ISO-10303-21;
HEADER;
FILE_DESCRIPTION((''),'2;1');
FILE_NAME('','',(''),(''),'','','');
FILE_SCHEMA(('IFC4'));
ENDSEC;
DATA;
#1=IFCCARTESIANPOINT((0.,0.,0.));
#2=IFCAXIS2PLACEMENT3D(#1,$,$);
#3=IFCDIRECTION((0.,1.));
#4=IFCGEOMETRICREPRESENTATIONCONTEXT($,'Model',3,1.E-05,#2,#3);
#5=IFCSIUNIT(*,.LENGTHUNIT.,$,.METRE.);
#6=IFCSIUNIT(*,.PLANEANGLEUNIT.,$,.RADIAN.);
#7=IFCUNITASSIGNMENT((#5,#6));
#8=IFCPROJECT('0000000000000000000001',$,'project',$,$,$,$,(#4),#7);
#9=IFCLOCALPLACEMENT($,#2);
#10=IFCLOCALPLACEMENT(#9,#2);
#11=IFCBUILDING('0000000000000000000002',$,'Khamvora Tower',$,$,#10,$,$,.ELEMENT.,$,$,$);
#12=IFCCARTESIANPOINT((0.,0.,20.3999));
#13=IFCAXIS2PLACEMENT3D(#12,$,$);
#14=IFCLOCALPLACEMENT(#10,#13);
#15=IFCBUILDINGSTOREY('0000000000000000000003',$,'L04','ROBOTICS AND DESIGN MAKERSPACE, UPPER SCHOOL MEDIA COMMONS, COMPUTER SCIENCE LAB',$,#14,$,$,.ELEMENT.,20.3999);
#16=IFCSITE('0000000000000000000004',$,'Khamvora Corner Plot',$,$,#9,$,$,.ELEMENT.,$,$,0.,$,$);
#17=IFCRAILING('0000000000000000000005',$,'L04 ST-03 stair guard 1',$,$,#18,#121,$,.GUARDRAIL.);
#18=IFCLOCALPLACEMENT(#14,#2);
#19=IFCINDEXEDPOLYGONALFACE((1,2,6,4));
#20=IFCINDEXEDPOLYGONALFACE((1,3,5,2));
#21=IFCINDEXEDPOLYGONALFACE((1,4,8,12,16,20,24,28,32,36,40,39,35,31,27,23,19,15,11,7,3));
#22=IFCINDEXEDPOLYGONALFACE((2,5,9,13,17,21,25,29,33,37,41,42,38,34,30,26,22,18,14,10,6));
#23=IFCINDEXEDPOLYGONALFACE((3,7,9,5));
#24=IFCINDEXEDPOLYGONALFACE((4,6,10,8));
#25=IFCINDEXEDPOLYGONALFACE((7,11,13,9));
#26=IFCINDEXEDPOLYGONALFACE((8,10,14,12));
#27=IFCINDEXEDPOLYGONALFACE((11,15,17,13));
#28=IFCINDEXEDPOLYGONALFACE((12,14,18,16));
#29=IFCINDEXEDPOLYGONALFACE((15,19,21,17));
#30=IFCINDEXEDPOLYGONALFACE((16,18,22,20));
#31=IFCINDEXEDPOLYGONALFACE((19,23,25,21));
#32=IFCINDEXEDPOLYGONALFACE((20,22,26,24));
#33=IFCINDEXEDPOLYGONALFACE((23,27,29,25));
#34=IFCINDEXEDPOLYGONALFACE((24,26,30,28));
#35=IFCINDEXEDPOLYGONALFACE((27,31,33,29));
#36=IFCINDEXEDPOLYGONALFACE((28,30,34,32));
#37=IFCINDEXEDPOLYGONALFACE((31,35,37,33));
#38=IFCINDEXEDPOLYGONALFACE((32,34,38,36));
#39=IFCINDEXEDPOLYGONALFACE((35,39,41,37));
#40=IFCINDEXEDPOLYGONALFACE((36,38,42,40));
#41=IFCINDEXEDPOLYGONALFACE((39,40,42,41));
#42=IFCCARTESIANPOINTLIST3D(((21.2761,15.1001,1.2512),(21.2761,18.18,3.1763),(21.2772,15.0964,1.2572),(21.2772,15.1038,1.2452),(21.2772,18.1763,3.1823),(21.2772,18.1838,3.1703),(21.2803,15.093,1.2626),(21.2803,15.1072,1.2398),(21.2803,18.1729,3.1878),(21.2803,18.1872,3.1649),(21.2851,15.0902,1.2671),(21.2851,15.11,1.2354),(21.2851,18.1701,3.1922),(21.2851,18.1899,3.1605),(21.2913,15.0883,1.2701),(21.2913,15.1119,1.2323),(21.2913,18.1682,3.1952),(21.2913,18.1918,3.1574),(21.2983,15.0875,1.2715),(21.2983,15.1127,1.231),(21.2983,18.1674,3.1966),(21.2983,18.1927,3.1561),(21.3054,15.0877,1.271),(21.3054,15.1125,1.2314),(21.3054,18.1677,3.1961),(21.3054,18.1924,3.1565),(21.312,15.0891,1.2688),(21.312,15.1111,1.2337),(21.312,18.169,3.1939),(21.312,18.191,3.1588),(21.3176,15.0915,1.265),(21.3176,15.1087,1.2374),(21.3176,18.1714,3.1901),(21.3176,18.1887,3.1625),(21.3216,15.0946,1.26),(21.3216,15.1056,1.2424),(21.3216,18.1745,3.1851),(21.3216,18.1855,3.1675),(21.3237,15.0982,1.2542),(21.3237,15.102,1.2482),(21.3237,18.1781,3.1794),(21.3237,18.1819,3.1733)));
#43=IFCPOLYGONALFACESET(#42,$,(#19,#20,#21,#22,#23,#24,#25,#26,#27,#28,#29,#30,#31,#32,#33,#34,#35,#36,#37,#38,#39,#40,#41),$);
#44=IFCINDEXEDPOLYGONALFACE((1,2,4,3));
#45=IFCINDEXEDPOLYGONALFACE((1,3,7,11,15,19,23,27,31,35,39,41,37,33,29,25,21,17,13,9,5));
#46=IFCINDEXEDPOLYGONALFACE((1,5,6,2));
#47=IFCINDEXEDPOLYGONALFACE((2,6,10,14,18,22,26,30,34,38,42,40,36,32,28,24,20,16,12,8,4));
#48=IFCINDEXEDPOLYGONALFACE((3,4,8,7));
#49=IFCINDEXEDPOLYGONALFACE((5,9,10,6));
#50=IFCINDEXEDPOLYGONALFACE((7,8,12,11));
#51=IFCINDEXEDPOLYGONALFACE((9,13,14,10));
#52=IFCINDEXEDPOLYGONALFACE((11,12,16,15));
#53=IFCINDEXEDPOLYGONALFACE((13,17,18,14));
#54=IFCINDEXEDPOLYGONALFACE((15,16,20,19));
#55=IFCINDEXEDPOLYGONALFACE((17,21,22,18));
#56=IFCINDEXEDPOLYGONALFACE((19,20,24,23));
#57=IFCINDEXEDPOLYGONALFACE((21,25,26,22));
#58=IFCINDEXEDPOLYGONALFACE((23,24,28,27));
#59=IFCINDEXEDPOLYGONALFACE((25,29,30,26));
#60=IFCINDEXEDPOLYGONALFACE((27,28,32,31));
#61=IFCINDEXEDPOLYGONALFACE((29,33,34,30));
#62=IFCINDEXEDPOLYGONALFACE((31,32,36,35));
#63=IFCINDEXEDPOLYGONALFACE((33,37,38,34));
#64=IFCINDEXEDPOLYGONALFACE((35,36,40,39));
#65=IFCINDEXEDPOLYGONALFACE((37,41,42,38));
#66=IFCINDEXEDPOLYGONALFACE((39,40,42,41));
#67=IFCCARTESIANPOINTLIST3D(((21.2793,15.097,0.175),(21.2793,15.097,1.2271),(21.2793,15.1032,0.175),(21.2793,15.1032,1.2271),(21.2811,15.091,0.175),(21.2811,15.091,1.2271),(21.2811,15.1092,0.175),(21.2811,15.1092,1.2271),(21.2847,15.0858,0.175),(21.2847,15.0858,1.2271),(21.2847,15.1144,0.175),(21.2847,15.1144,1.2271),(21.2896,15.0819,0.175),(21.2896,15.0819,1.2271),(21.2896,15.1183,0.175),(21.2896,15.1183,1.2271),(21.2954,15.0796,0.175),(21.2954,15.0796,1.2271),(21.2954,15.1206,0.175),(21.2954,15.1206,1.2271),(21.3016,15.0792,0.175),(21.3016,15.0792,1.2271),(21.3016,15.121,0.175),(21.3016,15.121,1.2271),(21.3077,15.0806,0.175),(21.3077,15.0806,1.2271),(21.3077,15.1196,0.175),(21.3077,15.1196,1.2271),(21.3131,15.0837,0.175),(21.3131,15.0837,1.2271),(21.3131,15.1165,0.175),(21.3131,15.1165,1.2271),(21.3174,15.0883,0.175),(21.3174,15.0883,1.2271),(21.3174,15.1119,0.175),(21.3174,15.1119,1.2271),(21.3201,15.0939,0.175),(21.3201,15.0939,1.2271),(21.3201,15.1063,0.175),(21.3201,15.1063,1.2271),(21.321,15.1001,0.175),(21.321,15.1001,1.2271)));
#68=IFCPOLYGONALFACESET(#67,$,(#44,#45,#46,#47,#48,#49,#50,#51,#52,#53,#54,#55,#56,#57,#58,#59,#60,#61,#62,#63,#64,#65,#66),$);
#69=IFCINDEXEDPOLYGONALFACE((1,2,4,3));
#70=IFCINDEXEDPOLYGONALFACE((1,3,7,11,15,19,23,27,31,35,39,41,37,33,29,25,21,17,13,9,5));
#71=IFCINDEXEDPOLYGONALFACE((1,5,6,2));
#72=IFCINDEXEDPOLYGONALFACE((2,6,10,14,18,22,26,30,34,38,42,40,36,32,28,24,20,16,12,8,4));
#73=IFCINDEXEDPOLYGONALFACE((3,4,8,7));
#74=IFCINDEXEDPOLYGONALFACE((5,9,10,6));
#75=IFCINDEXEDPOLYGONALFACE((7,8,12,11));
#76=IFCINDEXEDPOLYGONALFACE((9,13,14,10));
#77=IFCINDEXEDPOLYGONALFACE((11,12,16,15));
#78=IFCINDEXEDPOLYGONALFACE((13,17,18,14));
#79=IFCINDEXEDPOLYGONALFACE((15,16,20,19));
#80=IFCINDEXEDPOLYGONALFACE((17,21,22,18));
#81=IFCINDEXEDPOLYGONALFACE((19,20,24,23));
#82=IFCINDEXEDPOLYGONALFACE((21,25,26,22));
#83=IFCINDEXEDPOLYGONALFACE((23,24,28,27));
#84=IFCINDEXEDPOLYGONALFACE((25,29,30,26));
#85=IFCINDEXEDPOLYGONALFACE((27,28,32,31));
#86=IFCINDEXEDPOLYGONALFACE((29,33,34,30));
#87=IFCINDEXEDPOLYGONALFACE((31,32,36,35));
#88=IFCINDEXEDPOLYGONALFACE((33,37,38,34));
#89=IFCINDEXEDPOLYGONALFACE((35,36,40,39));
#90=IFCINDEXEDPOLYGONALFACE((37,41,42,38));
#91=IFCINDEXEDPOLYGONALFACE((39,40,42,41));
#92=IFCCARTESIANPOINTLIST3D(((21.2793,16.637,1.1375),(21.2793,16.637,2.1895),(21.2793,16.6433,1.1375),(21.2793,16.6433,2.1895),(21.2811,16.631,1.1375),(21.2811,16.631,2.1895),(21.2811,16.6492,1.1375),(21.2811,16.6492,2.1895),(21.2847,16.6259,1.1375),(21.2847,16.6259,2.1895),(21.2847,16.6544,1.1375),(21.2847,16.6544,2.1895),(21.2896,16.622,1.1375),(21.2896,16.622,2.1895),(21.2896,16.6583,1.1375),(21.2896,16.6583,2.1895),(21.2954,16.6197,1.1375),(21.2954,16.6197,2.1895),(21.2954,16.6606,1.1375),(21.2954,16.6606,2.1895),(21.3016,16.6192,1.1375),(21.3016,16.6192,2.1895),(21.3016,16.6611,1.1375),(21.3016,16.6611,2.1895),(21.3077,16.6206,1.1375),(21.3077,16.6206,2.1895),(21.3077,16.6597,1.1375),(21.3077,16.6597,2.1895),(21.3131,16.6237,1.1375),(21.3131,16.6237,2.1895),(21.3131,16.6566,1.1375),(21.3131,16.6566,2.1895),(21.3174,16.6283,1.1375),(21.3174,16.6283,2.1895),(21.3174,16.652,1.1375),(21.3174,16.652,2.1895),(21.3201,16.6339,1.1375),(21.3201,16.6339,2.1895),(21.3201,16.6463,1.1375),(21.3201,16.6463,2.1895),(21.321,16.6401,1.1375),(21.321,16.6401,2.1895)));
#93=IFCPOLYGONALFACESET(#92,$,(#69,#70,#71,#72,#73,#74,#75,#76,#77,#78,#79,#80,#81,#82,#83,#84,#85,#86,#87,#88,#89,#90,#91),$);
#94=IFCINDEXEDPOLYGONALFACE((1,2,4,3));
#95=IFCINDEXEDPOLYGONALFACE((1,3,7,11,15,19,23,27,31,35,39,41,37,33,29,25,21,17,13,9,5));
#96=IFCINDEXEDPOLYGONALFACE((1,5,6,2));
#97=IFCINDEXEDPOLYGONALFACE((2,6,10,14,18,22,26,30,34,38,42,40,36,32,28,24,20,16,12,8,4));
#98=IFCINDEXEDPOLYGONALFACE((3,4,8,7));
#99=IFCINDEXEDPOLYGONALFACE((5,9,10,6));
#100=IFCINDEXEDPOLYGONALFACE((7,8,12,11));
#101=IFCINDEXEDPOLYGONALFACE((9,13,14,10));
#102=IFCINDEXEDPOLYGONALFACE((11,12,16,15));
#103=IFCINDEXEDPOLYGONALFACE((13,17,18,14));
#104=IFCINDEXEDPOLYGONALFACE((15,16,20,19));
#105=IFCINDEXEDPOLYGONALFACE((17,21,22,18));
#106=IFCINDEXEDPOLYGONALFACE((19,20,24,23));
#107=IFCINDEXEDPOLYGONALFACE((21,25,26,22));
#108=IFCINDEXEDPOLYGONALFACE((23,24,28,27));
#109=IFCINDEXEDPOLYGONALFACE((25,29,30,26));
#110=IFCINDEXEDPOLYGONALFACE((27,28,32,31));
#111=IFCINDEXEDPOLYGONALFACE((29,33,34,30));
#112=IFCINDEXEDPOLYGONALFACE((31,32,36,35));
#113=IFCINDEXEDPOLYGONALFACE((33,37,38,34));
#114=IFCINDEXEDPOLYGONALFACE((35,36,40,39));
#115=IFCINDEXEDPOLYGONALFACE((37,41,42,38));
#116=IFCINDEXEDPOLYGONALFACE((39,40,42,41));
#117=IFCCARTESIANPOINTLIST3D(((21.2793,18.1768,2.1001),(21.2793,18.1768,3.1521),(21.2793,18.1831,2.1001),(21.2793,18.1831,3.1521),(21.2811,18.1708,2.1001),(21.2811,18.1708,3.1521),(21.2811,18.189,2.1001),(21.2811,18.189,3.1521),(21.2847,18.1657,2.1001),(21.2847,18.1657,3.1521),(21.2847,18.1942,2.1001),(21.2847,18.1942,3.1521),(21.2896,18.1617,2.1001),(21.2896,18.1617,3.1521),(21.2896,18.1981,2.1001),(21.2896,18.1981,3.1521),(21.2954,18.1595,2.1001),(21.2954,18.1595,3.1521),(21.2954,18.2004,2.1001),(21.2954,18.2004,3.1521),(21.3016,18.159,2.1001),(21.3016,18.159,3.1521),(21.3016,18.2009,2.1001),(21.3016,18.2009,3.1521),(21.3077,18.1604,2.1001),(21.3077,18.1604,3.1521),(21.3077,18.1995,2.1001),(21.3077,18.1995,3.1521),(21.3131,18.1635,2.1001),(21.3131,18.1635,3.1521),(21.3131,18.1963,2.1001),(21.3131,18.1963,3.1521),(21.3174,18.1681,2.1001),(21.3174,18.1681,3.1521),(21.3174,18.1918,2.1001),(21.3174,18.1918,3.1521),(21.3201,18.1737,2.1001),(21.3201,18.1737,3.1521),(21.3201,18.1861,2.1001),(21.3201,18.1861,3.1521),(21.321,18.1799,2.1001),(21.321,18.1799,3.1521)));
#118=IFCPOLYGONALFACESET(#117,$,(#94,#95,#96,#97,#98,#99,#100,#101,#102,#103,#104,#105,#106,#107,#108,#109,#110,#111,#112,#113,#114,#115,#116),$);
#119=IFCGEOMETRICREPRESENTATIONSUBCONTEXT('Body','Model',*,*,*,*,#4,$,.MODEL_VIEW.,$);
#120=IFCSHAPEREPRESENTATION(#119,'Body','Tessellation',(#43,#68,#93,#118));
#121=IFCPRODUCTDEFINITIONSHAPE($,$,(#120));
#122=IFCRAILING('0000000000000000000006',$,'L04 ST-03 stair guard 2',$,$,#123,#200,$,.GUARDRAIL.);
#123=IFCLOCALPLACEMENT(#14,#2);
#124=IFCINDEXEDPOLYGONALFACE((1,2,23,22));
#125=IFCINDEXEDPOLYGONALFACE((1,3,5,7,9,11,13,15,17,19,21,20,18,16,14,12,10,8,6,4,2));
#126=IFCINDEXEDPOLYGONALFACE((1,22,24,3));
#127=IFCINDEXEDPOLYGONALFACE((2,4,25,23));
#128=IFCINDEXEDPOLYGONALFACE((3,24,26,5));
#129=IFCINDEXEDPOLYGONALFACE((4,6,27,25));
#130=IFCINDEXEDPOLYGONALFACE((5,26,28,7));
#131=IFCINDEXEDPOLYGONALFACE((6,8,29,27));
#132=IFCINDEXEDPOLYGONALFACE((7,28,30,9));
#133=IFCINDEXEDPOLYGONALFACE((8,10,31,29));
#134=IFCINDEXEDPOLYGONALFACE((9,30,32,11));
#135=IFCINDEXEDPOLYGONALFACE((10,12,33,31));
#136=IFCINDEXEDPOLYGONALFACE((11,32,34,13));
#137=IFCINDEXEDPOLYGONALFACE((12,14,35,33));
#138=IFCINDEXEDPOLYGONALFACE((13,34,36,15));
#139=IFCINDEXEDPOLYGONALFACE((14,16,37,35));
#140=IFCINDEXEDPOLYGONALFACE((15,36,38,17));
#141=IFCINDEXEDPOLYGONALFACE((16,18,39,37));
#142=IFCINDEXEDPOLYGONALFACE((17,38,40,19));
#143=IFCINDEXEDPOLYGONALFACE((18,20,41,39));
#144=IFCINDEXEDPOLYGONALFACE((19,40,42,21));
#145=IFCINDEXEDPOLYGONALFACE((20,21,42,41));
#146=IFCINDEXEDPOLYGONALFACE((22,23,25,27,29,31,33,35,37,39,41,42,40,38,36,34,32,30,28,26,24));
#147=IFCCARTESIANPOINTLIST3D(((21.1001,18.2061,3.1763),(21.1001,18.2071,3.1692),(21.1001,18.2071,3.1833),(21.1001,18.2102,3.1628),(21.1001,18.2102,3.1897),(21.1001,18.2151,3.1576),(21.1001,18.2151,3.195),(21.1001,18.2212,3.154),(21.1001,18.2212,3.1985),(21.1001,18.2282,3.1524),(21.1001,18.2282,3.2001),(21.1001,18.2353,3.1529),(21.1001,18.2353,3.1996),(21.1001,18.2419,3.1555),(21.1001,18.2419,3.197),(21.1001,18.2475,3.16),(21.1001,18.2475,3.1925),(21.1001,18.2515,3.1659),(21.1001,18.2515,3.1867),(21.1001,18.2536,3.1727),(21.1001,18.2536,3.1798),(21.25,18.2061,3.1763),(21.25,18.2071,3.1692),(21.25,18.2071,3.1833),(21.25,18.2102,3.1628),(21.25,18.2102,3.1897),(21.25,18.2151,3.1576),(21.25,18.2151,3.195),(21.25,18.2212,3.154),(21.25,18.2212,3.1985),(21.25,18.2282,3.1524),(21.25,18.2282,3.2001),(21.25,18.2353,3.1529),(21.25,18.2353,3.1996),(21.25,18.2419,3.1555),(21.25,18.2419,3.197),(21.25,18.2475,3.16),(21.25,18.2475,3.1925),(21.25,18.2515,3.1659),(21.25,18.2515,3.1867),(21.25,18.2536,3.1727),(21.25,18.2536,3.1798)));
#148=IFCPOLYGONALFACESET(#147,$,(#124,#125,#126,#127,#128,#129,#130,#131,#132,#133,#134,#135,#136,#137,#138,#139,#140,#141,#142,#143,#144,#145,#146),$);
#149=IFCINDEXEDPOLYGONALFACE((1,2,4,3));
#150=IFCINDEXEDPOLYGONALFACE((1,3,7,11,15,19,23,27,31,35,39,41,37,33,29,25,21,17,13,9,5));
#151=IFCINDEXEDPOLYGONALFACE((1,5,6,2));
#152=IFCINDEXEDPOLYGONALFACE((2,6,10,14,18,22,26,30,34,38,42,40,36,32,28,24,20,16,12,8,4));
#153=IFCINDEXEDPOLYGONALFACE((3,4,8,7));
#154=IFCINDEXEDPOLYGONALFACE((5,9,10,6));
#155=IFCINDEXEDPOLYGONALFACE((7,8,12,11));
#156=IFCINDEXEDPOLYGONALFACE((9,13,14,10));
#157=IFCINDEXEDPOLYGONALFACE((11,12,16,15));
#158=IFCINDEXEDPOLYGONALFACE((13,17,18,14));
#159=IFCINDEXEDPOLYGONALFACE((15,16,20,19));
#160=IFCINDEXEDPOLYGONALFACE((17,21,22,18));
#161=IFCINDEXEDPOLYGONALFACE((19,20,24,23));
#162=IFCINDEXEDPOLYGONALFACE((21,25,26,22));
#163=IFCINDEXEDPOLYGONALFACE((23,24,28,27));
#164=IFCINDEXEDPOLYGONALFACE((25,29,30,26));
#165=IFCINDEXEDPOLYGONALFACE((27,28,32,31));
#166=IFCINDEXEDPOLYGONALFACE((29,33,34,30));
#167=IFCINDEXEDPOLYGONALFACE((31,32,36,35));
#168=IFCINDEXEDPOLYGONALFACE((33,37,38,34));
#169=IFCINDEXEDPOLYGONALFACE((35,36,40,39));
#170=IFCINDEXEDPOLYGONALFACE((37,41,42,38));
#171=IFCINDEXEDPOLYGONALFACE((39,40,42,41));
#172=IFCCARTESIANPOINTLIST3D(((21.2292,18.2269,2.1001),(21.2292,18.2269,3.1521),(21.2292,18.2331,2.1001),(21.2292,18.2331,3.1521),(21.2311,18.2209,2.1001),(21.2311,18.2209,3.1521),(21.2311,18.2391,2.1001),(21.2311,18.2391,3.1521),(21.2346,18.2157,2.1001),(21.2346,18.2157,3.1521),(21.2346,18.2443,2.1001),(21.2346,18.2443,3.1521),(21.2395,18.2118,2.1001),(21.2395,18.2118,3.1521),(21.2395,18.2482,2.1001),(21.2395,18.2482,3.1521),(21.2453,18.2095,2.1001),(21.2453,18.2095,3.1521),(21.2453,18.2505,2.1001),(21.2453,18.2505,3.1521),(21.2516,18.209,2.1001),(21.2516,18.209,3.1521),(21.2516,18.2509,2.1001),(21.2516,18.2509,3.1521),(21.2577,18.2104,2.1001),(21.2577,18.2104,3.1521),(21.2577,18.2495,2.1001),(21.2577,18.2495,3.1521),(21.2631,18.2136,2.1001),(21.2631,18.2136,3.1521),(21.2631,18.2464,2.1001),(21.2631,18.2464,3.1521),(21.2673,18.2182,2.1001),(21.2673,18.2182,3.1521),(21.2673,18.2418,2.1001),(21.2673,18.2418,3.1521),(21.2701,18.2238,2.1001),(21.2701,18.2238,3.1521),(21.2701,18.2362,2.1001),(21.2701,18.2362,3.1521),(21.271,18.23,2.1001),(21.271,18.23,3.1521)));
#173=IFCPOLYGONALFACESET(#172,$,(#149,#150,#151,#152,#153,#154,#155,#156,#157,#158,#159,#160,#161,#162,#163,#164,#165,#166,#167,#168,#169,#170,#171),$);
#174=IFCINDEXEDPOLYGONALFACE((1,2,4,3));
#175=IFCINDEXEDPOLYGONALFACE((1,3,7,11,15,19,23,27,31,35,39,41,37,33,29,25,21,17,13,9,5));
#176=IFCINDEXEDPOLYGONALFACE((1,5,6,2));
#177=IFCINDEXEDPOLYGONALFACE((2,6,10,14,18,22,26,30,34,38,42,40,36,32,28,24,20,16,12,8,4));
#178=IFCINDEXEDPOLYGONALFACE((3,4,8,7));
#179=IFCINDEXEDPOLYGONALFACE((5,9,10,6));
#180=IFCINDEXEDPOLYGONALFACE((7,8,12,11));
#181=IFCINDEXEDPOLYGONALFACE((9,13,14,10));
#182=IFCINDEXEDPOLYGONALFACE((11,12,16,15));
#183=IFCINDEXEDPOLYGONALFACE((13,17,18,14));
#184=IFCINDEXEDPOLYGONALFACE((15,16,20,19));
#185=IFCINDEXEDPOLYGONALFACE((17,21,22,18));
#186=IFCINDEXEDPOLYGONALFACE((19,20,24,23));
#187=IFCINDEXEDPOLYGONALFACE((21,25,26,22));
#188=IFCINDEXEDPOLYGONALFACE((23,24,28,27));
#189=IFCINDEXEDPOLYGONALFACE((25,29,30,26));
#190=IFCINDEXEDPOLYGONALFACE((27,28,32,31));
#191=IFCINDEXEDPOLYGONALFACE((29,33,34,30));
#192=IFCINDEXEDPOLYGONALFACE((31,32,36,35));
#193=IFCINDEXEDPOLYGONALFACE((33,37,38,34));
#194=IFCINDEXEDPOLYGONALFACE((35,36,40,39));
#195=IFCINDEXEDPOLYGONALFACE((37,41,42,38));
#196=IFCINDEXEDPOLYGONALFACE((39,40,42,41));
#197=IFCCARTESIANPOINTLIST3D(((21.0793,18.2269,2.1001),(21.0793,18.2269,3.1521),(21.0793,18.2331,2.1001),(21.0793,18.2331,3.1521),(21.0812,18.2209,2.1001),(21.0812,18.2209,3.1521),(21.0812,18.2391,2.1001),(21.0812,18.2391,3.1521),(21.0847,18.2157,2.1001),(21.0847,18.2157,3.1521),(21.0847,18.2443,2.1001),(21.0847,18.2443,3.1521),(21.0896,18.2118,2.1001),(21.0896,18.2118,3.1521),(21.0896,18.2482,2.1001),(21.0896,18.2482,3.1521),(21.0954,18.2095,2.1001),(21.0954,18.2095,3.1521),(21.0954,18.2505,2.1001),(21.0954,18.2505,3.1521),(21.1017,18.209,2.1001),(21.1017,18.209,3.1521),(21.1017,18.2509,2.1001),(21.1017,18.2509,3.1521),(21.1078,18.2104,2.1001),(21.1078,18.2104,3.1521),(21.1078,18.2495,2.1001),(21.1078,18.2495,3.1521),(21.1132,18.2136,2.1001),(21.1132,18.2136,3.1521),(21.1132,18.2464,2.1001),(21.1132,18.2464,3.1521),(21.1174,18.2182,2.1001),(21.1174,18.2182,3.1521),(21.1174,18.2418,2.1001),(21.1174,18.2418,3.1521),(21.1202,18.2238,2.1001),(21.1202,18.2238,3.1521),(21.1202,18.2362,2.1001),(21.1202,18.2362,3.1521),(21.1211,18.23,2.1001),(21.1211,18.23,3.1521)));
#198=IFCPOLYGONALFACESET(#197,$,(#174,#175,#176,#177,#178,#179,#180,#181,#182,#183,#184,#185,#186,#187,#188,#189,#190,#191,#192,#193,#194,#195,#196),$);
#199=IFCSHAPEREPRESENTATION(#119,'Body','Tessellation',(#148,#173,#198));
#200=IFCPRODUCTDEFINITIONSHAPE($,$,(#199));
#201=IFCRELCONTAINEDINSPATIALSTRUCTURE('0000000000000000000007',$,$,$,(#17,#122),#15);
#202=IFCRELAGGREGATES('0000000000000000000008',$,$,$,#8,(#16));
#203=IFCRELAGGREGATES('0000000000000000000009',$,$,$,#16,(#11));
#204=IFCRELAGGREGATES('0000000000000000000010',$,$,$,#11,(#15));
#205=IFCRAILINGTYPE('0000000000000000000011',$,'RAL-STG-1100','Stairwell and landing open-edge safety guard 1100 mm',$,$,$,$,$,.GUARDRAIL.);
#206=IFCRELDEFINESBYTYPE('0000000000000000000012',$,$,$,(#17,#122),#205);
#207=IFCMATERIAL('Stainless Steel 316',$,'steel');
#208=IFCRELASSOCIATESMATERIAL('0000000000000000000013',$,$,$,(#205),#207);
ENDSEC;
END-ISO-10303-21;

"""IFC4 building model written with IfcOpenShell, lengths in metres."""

from ifc_helpers import new_model, si_unit, direction, frame, origin, origin_2d, place, context, subcontext, project, spatial, circle, extrude, material, type_object, element, save


model = new_model("IFC4")

# Units and contexts
model_context = context("Model", 3, precision=1e-05, world=origin(), true_north=direction((0.0, 1.0)))
body_context = subcontext(model_context, "Body", "Model", "MODEL_VIEW")
ifc_project = project(units=[si_unit("LENGTHUNIT", "METRE"), si_unit("PLANEANGLEUNIT", "RADIAN")], contexts=[model_context])

# Site, building, storey
site_placement = place(None, origin())
site = spatial("IfcSite", under=ifc_project, at=site_placement, Name="Khamvora Corner Plot", CompositionType="ELEMENT", RefElevation=0.0)
building_placement = place(site_placement, origin())
building = spatial("IfcBuilding", under=site, at=building_placement, Name="Khamvora Tower", CompositionType="ELEMENT")
storey_placement = place(building_placement, frame((0.0, 0.0, 20.3999)))
storey = spatial("IfcBuildingStorey", under=building, at=storey_placement, Name="L04", Description="ROBOTICS AND DESIGN MAKERSPACE, UPPER SCHOOL MEDIA COMMONS, COMPUTER SCIENCE LAB", CompositionType="ELEMENT", Elevation=20.3999)

# Railings
ifc_material_1 = material(Name="Stainless Steel 316", Category="steel")
railing_type_1 = type_object("IfcRailingType", Name="RAL-STG-1100", Description="Stairwell and landing open-edge safety guard 1100 mm", PredefinedType="GUARDRAIL", material=ifc_material_1)
railing_1_placement = place(storey_placement, frame((21.3, 15.1001, 0.175)))
element("IfcRailing", 1, at=railing_1_placement, inside=storey, type_object=railing_type_1, Name="L04 ST-03 stair guard 1", PredefinedType="GUARDRAIL", context=body_context, shape_type="SweptSolid", body=[
    extrude(circle(Radius=0.0239, at=origin_2d()), frame((0.0, 0.0, 1.0762), z_axis=(0.0, 0.847979, 0.530029), x_axis=(-1.0, 0.0, 0.0)), (0.0, 0.0, 1.0), 3.6321),
    extrude(circle(Radius=0.021, at=origin_2d()), origin(), (0.0, 0.0, 1.0), 1.052),
    extrude(circle(Radius=0.021, at=origin_2d()), frame((0.0, 1.54, 0.9624)), (0.0, 0.0, 1.0), 1.052),
    extrude(circle(Radius=0.021, at=origin_2d()), frame((0.0, 3.0798, 1.925)), (0.0, 0.0, 1.0), 1.052),
])
railing_2_placement = place(storey_placement, frame((21.25, 18.23, 2.1001)))
element("IfcRailing", 2, at=railing_2_placement, inside=storey, type_object=railing_type_1, Name="L04 ST-03 stair guard 2", PredefinedType="GUARDRAIL", context=body_context, shape_type="SweptSolid", body=[
    extrude(circle(Radius=0.0239, at=origin_2d()), frame((0.0, 0.0, 1.0762), z_axis=(-1.0, 0.0, 0.0), x_axis=(0.0, -1.0, 0.0)), (0.0, 0.0, 1.0), 0.1499),
    extrude(circle(Radius=0.021, at=origin_2d()), origin(), (0.0, 0.0, 1.0), 1.052),
    extrude(circle(Radius=0.021, at=origin_2d()), frame((-0.1499, 0.0, 0.0)), (0.0, 0.0, 1.0), 1.052),
])

save(model, "model.ifc")
